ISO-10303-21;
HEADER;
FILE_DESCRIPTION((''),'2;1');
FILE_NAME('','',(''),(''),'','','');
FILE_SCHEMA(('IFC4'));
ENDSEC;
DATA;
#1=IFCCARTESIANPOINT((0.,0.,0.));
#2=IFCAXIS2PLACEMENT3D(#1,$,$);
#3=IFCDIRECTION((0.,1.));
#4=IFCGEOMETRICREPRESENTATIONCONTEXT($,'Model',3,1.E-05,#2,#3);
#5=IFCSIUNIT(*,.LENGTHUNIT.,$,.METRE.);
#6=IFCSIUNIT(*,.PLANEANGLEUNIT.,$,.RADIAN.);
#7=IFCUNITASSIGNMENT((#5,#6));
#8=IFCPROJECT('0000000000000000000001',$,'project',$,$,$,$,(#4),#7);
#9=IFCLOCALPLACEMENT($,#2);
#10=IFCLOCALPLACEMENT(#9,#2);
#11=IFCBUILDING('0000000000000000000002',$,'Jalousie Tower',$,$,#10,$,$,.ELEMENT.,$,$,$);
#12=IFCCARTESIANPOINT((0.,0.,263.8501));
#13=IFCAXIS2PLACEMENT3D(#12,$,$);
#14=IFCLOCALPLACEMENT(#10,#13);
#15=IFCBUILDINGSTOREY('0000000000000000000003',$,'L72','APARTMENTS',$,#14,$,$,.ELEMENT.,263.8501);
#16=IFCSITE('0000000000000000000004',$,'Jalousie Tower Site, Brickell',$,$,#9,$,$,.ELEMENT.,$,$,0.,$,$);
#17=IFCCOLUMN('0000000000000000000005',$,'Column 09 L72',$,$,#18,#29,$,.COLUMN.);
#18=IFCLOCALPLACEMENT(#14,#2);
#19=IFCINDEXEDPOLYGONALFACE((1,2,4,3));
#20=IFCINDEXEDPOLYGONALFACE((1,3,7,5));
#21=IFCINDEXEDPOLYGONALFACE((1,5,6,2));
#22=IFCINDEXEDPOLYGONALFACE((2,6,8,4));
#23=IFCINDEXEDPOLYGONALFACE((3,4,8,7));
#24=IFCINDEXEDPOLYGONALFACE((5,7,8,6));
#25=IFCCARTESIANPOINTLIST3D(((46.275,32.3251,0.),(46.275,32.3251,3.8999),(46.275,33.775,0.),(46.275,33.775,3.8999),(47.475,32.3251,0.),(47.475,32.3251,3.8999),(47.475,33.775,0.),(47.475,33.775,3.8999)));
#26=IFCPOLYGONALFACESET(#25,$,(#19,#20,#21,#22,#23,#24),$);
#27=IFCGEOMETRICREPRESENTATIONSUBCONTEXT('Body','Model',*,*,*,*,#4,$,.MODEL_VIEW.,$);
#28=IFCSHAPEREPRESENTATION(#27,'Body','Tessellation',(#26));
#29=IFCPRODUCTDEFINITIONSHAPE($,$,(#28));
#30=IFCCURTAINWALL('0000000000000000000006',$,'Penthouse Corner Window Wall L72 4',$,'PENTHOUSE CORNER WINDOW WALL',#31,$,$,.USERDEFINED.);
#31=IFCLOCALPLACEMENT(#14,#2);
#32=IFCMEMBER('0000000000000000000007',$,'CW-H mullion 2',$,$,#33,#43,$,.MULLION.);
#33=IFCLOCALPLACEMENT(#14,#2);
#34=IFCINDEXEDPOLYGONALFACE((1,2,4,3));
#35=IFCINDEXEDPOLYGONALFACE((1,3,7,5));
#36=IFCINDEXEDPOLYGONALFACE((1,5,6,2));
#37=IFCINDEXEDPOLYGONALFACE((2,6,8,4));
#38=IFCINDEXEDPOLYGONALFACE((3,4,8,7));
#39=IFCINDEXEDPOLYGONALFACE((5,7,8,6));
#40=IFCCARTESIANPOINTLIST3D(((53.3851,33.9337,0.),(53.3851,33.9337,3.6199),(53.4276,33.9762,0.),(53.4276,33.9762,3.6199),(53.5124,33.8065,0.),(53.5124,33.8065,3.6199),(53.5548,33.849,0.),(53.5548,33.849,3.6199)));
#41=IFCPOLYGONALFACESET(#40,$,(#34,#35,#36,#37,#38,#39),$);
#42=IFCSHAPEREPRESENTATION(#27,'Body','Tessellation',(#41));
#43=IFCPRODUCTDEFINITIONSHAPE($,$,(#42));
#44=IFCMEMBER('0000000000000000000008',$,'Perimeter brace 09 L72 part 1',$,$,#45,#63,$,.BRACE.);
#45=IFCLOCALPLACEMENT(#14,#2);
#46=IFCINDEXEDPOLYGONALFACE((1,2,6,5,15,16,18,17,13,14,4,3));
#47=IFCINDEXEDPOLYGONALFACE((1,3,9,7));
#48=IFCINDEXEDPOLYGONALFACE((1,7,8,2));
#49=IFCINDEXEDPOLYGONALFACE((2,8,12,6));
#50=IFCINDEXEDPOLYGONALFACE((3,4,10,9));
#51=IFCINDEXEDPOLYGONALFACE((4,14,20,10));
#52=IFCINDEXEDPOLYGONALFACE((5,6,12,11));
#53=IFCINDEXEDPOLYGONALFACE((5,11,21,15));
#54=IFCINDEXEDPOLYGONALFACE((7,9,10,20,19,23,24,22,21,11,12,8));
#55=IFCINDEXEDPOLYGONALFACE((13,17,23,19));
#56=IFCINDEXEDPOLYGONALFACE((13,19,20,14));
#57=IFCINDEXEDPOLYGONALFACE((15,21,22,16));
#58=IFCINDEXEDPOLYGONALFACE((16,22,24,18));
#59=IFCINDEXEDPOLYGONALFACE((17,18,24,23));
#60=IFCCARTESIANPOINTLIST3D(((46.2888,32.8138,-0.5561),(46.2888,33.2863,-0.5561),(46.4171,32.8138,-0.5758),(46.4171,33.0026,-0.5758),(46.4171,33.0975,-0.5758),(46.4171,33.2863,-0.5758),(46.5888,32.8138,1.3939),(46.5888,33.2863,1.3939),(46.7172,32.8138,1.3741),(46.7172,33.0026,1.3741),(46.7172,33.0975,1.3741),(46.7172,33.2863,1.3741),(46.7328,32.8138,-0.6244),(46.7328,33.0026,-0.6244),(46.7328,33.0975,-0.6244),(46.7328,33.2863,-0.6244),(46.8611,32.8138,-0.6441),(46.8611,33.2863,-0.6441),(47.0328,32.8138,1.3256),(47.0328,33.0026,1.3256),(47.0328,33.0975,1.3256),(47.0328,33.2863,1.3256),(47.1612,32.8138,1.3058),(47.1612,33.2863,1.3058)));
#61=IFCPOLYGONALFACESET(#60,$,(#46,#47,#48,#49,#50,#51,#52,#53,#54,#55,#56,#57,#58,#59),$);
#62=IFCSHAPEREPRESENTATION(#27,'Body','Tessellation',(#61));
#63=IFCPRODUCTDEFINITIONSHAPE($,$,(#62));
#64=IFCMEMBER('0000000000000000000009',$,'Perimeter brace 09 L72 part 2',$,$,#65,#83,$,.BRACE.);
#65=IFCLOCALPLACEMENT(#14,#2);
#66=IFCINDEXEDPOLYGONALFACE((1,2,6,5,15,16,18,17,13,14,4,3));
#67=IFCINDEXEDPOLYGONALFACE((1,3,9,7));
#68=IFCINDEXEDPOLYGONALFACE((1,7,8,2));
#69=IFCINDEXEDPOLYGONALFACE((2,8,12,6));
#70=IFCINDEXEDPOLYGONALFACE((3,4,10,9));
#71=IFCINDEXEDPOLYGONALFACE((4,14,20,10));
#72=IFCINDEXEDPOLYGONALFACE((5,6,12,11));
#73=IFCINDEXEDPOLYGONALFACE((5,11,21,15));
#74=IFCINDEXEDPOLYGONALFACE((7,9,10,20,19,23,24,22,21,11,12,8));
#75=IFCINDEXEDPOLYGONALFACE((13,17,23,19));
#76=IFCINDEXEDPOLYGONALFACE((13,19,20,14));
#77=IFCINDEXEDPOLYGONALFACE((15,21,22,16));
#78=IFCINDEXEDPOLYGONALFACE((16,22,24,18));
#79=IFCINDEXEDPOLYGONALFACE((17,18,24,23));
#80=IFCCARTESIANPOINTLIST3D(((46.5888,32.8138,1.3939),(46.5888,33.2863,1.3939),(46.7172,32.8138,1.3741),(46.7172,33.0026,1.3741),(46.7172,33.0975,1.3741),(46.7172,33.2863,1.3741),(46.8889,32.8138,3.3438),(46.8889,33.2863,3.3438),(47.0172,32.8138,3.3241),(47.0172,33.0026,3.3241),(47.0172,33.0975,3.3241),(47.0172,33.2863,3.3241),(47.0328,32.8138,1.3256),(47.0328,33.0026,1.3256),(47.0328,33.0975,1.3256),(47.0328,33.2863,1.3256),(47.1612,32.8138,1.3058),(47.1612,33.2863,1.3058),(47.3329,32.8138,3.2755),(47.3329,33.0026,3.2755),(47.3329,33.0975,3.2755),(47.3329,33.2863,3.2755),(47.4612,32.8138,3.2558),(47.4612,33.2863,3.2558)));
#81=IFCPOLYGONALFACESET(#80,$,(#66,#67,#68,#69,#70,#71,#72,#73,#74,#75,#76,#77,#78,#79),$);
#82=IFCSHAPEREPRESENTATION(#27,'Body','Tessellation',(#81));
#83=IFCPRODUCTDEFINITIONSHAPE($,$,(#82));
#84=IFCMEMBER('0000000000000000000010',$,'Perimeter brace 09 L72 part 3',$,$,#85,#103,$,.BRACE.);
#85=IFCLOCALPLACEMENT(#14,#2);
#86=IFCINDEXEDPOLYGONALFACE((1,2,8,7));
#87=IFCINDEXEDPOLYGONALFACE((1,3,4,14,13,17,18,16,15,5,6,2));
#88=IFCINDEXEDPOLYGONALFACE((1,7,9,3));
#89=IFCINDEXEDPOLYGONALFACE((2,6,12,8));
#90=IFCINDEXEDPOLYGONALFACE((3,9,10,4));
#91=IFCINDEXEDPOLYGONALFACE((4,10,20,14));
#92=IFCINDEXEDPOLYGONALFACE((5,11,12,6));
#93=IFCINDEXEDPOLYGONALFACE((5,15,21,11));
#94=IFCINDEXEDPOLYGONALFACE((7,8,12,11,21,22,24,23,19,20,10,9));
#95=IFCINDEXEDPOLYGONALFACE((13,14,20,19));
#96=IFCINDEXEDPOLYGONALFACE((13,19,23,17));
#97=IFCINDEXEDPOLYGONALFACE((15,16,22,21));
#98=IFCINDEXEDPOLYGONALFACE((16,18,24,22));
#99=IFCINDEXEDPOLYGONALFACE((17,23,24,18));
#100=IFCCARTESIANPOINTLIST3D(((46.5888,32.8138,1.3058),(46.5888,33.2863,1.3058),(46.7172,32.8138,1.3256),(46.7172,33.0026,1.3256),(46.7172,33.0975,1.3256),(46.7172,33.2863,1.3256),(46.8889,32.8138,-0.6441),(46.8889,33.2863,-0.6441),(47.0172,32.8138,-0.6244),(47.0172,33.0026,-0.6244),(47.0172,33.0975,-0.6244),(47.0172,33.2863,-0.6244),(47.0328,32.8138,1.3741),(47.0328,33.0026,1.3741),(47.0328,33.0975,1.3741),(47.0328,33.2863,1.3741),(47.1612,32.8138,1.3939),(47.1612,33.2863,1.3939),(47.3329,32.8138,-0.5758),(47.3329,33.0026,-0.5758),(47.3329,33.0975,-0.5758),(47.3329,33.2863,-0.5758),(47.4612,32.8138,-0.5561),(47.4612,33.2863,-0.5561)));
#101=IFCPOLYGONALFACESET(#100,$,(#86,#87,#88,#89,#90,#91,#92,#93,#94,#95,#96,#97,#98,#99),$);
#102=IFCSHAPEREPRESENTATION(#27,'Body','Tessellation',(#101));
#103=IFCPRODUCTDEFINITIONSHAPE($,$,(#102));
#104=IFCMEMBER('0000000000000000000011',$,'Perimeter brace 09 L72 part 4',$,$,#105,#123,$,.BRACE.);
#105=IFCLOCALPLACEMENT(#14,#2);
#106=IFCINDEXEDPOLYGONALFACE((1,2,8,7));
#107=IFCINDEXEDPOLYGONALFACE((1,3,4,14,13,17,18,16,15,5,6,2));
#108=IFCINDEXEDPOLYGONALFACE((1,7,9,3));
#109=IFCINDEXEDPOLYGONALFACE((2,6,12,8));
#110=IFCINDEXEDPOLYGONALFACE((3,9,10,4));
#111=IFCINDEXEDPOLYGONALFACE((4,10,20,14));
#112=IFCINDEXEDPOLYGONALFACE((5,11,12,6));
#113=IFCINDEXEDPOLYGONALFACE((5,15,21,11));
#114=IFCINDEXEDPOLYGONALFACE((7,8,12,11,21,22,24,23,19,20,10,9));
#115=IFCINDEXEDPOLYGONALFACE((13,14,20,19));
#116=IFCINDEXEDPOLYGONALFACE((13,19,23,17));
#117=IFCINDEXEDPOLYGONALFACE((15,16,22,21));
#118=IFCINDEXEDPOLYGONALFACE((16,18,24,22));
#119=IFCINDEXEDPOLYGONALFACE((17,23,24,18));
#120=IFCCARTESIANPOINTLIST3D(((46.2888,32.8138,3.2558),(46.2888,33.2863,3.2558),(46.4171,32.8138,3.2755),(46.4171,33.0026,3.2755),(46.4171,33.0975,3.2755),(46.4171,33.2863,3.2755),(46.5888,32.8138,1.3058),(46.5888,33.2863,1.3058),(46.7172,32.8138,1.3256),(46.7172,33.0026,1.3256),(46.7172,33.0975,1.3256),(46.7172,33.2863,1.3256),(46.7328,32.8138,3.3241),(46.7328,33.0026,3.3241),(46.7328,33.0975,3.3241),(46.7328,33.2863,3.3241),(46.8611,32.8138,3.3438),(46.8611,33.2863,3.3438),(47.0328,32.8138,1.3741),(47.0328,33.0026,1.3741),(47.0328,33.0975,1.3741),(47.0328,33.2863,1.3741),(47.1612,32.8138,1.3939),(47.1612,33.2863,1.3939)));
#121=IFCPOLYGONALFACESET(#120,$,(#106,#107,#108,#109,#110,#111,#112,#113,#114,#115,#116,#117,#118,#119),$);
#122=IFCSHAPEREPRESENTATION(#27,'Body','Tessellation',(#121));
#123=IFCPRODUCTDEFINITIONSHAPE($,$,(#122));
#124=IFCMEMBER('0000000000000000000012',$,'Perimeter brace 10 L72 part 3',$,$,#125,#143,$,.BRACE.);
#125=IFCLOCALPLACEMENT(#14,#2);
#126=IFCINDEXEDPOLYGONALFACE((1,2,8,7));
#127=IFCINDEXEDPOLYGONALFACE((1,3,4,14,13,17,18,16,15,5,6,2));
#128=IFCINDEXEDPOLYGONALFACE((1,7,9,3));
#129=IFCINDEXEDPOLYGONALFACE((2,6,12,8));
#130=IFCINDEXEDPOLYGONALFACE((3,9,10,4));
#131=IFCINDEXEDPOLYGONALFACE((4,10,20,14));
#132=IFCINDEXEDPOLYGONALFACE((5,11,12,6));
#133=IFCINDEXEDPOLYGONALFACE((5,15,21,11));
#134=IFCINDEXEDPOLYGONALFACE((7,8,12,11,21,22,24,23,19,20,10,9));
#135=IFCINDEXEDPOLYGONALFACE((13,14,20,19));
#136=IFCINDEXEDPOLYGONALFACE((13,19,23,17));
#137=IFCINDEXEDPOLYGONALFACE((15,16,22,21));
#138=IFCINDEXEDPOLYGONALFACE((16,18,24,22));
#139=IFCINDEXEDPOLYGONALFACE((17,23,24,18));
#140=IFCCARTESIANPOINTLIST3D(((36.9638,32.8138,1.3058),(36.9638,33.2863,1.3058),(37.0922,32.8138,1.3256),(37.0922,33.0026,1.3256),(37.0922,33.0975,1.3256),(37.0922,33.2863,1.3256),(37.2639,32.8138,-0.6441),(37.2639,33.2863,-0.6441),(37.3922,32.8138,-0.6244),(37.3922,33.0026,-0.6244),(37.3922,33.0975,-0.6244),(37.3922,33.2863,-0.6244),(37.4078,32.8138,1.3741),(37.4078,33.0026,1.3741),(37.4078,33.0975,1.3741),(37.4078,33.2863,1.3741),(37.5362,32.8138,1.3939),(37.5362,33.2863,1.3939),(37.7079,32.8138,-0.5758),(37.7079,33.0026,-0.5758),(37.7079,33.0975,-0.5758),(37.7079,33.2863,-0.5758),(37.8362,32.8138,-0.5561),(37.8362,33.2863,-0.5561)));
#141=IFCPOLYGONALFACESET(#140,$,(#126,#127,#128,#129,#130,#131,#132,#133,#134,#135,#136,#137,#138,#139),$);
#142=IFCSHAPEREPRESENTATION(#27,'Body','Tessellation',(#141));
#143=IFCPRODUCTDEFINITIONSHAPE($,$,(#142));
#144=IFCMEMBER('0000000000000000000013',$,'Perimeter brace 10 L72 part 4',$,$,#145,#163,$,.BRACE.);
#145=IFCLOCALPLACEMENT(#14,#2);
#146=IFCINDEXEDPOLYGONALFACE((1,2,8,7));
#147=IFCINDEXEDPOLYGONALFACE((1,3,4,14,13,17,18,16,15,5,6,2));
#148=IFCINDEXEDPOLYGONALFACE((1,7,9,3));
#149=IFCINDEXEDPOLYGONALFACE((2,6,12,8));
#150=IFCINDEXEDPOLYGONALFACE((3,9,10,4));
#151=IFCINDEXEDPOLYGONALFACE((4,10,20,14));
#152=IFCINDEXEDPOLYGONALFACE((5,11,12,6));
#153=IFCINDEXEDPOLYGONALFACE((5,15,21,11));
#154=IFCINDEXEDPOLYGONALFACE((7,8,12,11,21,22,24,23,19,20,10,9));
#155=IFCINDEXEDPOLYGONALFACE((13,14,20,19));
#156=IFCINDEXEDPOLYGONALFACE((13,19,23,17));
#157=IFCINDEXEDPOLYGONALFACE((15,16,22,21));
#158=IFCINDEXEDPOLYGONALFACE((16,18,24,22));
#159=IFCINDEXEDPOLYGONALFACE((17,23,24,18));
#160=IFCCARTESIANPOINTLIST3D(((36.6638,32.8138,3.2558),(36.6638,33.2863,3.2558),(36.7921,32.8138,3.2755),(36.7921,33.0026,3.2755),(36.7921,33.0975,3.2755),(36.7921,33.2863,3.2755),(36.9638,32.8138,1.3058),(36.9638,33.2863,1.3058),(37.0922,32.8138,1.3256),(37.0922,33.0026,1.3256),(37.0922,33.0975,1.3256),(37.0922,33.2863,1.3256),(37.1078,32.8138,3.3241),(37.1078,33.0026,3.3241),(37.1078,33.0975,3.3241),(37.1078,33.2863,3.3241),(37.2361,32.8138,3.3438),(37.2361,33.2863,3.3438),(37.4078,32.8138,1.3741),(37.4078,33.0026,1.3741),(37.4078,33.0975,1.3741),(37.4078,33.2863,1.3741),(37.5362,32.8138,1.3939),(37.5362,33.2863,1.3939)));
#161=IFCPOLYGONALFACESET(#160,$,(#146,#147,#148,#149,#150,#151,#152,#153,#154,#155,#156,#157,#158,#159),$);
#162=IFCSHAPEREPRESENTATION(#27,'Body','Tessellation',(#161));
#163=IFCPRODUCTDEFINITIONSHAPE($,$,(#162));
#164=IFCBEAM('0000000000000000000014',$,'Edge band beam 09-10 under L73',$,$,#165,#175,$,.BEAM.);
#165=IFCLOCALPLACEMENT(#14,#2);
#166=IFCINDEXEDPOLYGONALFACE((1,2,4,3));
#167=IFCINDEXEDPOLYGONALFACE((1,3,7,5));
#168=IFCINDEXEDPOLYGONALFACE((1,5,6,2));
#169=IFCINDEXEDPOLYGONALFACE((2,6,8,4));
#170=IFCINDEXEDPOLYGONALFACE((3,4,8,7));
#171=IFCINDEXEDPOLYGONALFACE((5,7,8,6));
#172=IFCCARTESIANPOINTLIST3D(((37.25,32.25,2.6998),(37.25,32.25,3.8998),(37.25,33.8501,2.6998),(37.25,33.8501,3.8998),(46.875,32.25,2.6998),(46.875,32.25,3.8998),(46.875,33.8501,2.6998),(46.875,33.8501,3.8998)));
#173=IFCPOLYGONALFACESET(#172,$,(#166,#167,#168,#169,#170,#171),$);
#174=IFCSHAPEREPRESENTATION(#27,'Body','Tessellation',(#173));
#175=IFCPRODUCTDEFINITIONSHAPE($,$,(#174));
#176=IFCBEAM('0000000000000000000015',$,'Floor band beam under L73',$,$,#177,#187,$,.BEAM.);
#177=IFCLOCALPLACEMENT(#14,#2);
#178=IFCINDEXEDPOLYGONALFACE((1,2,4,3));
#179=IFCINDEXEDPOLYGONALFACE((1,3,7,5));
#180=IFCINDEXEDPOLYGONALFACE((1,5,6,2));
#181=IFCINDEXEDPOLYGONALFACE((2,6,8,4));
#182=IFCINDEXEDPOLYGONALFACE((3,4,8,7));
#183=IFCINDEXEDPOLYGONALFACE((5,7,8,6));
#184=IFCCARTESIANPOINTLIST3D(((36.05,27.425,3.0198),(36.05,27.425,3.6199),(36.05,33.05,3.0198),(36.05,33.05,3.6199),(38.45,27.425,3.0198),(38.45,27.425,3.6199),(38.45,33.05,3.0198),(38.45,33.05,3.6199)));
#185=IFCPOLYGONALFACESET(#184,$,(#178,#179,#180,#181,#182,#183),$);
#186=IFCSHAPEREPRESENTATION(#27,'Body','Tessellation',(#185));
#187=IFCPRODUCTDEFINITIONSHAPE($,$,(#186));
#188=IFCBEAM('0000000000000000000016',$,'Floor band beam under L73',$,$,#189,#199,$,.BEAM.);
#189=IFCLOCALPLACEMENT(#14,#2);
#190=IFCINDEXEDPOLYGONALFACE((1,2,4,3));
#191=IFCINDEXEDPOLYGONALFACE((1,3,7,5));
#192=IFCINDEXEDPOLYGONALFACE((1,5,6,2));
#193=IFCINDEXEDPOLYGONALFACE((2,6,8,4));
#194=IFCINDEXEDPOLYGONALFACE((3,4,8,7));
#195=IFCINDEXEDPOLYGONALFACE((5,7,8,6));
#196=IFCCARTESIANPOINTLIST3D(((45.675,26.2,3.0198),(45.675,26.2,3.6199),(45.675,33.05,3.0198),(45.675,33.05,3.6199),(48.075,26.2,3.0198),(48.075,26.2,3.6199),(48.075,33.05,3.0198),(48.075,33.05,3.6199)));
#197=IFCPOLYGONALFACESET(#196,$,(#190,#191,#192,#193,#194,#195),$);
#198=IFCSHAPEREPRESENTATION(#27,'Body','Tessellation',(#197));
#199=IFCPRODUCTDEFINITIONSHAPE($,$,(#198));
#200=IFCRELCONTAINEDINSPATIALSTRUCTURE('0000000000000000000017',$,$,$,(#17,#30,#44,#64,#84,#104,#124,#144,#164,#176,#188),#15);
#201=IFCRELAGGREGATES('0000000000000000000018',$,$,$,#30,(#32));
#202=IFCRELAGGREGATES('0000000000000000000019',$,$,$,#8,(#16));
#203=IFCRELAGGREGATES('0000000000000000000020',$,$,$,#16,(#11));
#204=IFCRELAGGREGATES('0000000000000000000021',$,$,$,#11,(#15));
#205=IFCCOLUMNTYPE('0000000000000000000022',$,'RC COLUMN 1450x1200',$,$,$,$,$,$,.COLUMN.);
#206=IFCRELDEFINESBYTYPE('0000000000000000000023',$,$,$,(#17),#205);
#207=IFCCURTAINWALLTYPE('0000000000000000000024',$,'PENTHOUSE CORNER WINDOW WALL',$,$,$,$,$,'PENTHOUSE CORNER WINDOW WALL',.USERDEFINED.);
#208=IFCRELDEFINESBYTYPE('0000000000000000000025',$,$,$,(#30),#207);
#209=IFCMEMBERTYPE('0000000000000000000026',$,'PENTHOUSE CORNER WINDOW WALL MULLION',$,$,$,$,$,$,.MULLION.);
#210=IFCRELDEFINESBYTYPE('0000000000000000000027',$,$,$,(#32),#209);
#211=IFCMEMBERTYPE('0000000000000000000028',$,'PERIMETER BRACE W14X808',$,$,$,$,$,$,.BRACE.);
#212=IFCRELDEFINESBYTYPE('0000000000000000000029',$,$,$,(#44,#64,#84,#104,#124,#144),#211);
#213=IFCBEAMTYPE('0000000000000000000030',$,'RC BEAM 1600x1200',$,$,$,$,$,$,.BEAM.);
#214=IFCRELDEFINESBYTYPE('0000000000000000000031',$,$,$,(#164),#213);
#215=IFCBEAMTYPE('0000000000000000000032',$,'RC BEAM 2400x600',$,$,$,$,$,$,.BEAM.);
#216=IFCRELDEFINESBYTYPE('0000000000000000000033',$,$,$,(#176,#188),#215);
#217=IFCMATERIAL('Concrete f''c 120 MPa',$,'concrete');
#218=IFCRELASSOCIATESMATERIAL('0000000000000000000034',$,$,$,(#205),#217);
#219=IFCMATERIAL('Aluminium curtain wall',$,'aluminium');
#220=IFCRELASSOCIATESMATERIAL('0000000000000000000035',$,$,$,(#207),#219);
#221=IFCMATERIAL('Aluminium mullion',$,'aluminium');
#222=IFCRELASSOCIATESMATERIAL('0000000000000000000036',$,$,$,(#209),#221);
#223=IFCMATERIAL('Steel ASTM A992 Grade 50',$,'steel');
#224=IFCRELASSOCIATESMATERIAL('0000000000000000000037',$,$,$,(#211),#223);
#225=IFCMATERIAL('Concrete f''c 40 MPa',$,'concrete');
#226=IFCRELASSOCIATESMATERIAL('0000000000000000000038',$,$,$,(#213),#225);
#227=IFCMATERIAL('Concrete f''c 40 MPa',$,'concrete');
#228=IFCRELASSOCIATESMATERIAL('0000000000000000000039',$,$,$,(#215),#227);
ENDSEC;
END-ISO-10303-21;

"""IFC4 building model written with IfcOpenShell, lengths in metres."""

from ifc_helpers import new_model, si_unit, direction, frame, origin, origin_2d, place, context, subcontext, project, spatial, rectangle, i_section, extrude, material, material_profile, profile_set, type_object, element, aggregate, save


model = new_model("IFC4")

# Units and contexts
model_context = context("Model", 3, precision=1e-05, world=origin(), true_north=direction((0.0, 1.0)))
body_context = subcontext(model_context, "Body", "Model", "MODEL_VIEW")
ifc_project = project(units=[si_unit("LENGTHUNIT", "METRE"), si_unit("PLANEANGLEUNIT", "RADIAN")], contexts=[model_context])

# Site, building, storey
site_placement = place(None, origin())
site = spatial("IfcSite", under=ifc_project, at=site_placement, Name="Jalousie Tower Site, Brickell", CompositionType="ELEMENT", RefElevation=0.0)
building_placement = place(site_placement, origin())
building = spatial("IfcBuilding", under=site, at=building_placement, Name="Jalousie Tower", CompositionType="ELEMENT")
storey_placement = place(building_placement, frame((0.0, 0.0, 263.8501)))
storey = spatial("IfcBuildingStorey", under=building, at=storey_placement, Name="L72", Description="APARTMENTS", CompositionType="ELEMENT", Elevation=263.8501)

# Column
ifc_material_1 = material(Name="Concrete f'c 120 MPa", Category="concrete")
ifc_material_profile_1 = material_profile(ifc_material_1, rectangle(XDim=1.45, YDim=1.2, at=origin_2d()), Name="RC 1450x1200")
ifc_profile_set_1 = profile_set([ifc_material_profile_1], Name="Concrete f'c 120 MPa")
column_type = type_object("IfcColumnType", Name="RC COLUMN 1450x1200", PredefinedType="COLUMN", material=ifc_profile_set_1)
column_placement = place(storey_placement, frame((46.875, 33.05, 0.0), z_axis=(0.0, 0.0, 1.0), x_axis=(0.0, 1.0, 0.0)))
element("IfcColumn", 1, at=column_placement, inside=storey, type_object=column_type, Name="Column 09 L72", PredefinedType="COLUMN", context=body_context, shape_type="SweptSolid", body=[
    extrude(rectangle(XDim=1.45, YDim=1.2, at=origin_2d()), origin(), (0.0, 0.0, 1.0), 3.8999),
])

# Curtain wall, member
ifc_material_2 = material(Name="Aluminium curtain wall", Category="aluminium")
curtain_wall_type_1 = type_object("IfcCurtainWallType", Name="PENTHOUSE CORNER WINDOW WALL", ElementType="PENTHOUSE CORNER WINDOW WALL", PredefinedType="USERDEFINED", material=ifc_material_2)
curtain_wall_1_placement = place(storey_placement, origin())
curtain_wall_1 = element("IfcCurtainWall", 2, at=curtain_wall_1_placement, inside=storey, type_object=curtain_wall_type_1, Name="Penthouse Corner Window Wall L72 4", ObjectType="PENTHOUSE CORNER WINDOW WALL", PredefinedType="USERDEFINED")
ifc_material_3 = material(Name="Aluminium mullion", Category="aluminium")
ifc_material_profile_2 = material_profile(ifc_material_3, rectangle(XDim=0.0601, YDim=0.1799, at=origin_2d()), Name="MULLION 60x180")
ifc_profile_set_2 = profile_set([ifc_material_profile_2], Name="Aluminium mullion")
member_type_1 = type_object("IfcMemberType", Name="PENTHOUSE CORNER WINDOW WALL MULLION", PredefinedType="MULLION", material=ifc_profile_set_2)
member_1_placement = place(storey_placement, frame((53.47, 33.8914, 0.0), z_axis=(0.0, 0.0, 1.0), x_axis=(-0.707107, -0.707107, 0.0)))
member_1 = element("IfcMember", 3, at=member_1_placement, type_object=member_type_1, Name="CW-H mullion 2", PredefinedType="MULLION", context=body_context, shape_type="SweptSolid", body=[
    extrude(rectangle(XDim=0.0601, YDim=0.1799, at=origin_2d()), origin(), (0.0, 0.0, 1.0), 3.6199),
])
aggregate(curtain_wall_1, [member_1])

# Members
ifc_material_4 = material(Name="Steel ASTM A992 Grade 50", Category="steel")
ifc_material_profile_3 = material_profile(ifc_material_4, i_section(OverallWidth=0.4724, OverallDepth=0.5791, WebThickness=0.095, FlangeThickness=0.1299, at=origin_2d()), Name="W14X808")
ifc_profile_set_3 = profile_set([ifc_material_profile_3], Name="Steel ASTM A992 Grade 50")
member_type_2 = type_object("IfcMemberType", Name="PERIMETER BRACE W14X808", PredefinedType="BRACE", material=ifc_profile_set_3)
for number, where, z_axis, x_axis, name in (
    (4, (46.575, 33.05, -0.6001), (0.152085, 0.0, 0.988367), (0.0, 1.0, 0.0), "Perimeter brace 09 L72 part 1"),
    (5, (46.875, 33.05, 1.3499), (0.152085, 0.0, 0.988367), (0.0, 1.0, 0.0), "Perimeter brace 09 L72 part 2"),
    (6, (47.175, 33.05, -0.6001), (-0.152085, 0.0, 0.988367), (0.0, -1.0, 0.0), "Perimeter brace 09 L72 part 3"),
    (7, (46.875, 33.05, 1.3499), (-0.152085, 0.0, 0.988367), (0.0, -1.0, 0.0), "Perimeter brace 09 L72 part 4"),
    (8, (37.55, 33.05, -0.6001), (-0.152085, 0.0, 0.988367), (0.0, -1.0, 0.0), "Perimeter brace 10 L72 part 3"),
    (9, (37.25, 33.05, 1.3499), (-0.152085, 0.0, 0.988367), (0.0, -1.0, 0.0), "Perimeter brace 10 L72 part 4"),
):
    element("IfcMember", number, at=place(storey_placement, frame(where, z_axis=z_axis, x_axis=x_axis)), inside=storey, type_object=member_type_2, Name=name, PredefinedType="BRACE", context=body_context, shape_type="SweptSolid", body=[
        extrude(i_section(OverallWidth=0.4724, OverallDepth=0.5791, WebThickness=0.095, FlangeThickness=0.1299, at=origin_2d()), origin(), (0.0, 0.0, 1.0), 1.9729),
    ])

# Beams
ifc_material_5 = material(Name="Concrete f'c 40 MPa", Category="concrete")
ifc_material_profile_4 = material_profile(ifc_material_5, rectangle(XDim=1.6001, YDim=1.2, at=origin_2d()), Name="RC 1600x1200")
ifc_profile_set_4 = profile_set([ifc_material_profile_4], Name="Concrete f'c 40 MPa")
beam_type_1 = type_object("IfcBeamType", Name="RC BEAM 1600x1200", PredefinedType="BEAM", material=ifc_profile_set_4)
beam_1_placement = place(storey_placement, frame((46.875, 33.05, 3.2998), z_axis=(-1.0, 0.0, 0.0), x_axis=(0.0, -1.0, 0.0)))
element("IfcBeam", 10, at=beam_1_placement, inside=storey, type_object=beam_type_1, Name="Edge band beam 09-10 under L73", PredefinedType="BEAM", context=body_context, shape_type="SweptSolid", body=[
    extrude(rectangle(XDim=1.6001, YDim=1.2, at=origin_2d()), origin(), (0.0, 0.0, 1.0), 9.625),
])
ifc_material_6 = material(Name="Concrete f'c 40 MPa", Category="concrete")
ifc_material_profile_5 = material_profile(ifc_material_6, rectangle(XDim=2.3999, YDim=0.6001, at=origin_2d()), Name="RC 2400x600")
ifc_profile_set_5 = profile_set([ifc_material_profile_5], Name="Concrete f'c 40 MPa")
beam_type_2 = type_object("IfcBeamType", Name="RC BEAM 2400x600", PredefinedType="BEAM", material=ifc_profile_set_5)
beam_2_placement = place(storey_placement, frame((37.25, 33.05, 3.3198), z_axis=(0.0, -1.0, 0.0), x_axis=(1.0, 0.0, 0.0)))
element("IfcBeam", 11, at=beam_2_placement, inside=storey, type_object=beam_type_2, Name="Floor band beam under L73", PredefinedType="BEAM", context=body_context, shape_type="SweptSolid", body=[
    extrude(rectangle(XDim=2.3999, YDim=0.6001, at=origin_2d()), origin(), (0.0, 0.0, 1.0), 5.625),
])
beam_3_placement = place(storey_placement, frame((46.875, 33.05, 3.3198), z_axis=(0.0, -1.0, 0.0), x_axis=(1.0, 0.0, 0.0)))
element("IfcBeam", 12, at=beam_3_placement, inside=storey, type_object=beam_type_2, Name="Floor band beam under L73", PredefinedType="BEAM", context=body_context, shape_type="SweptSolid", body=[
    extrude(rectangle(XDim=2.3999, YDim=0.6001, at=origin_2d()), origin(), (0.0, 0.0, 1.0), 6.8501),
])

save(model, "model.ifc")
